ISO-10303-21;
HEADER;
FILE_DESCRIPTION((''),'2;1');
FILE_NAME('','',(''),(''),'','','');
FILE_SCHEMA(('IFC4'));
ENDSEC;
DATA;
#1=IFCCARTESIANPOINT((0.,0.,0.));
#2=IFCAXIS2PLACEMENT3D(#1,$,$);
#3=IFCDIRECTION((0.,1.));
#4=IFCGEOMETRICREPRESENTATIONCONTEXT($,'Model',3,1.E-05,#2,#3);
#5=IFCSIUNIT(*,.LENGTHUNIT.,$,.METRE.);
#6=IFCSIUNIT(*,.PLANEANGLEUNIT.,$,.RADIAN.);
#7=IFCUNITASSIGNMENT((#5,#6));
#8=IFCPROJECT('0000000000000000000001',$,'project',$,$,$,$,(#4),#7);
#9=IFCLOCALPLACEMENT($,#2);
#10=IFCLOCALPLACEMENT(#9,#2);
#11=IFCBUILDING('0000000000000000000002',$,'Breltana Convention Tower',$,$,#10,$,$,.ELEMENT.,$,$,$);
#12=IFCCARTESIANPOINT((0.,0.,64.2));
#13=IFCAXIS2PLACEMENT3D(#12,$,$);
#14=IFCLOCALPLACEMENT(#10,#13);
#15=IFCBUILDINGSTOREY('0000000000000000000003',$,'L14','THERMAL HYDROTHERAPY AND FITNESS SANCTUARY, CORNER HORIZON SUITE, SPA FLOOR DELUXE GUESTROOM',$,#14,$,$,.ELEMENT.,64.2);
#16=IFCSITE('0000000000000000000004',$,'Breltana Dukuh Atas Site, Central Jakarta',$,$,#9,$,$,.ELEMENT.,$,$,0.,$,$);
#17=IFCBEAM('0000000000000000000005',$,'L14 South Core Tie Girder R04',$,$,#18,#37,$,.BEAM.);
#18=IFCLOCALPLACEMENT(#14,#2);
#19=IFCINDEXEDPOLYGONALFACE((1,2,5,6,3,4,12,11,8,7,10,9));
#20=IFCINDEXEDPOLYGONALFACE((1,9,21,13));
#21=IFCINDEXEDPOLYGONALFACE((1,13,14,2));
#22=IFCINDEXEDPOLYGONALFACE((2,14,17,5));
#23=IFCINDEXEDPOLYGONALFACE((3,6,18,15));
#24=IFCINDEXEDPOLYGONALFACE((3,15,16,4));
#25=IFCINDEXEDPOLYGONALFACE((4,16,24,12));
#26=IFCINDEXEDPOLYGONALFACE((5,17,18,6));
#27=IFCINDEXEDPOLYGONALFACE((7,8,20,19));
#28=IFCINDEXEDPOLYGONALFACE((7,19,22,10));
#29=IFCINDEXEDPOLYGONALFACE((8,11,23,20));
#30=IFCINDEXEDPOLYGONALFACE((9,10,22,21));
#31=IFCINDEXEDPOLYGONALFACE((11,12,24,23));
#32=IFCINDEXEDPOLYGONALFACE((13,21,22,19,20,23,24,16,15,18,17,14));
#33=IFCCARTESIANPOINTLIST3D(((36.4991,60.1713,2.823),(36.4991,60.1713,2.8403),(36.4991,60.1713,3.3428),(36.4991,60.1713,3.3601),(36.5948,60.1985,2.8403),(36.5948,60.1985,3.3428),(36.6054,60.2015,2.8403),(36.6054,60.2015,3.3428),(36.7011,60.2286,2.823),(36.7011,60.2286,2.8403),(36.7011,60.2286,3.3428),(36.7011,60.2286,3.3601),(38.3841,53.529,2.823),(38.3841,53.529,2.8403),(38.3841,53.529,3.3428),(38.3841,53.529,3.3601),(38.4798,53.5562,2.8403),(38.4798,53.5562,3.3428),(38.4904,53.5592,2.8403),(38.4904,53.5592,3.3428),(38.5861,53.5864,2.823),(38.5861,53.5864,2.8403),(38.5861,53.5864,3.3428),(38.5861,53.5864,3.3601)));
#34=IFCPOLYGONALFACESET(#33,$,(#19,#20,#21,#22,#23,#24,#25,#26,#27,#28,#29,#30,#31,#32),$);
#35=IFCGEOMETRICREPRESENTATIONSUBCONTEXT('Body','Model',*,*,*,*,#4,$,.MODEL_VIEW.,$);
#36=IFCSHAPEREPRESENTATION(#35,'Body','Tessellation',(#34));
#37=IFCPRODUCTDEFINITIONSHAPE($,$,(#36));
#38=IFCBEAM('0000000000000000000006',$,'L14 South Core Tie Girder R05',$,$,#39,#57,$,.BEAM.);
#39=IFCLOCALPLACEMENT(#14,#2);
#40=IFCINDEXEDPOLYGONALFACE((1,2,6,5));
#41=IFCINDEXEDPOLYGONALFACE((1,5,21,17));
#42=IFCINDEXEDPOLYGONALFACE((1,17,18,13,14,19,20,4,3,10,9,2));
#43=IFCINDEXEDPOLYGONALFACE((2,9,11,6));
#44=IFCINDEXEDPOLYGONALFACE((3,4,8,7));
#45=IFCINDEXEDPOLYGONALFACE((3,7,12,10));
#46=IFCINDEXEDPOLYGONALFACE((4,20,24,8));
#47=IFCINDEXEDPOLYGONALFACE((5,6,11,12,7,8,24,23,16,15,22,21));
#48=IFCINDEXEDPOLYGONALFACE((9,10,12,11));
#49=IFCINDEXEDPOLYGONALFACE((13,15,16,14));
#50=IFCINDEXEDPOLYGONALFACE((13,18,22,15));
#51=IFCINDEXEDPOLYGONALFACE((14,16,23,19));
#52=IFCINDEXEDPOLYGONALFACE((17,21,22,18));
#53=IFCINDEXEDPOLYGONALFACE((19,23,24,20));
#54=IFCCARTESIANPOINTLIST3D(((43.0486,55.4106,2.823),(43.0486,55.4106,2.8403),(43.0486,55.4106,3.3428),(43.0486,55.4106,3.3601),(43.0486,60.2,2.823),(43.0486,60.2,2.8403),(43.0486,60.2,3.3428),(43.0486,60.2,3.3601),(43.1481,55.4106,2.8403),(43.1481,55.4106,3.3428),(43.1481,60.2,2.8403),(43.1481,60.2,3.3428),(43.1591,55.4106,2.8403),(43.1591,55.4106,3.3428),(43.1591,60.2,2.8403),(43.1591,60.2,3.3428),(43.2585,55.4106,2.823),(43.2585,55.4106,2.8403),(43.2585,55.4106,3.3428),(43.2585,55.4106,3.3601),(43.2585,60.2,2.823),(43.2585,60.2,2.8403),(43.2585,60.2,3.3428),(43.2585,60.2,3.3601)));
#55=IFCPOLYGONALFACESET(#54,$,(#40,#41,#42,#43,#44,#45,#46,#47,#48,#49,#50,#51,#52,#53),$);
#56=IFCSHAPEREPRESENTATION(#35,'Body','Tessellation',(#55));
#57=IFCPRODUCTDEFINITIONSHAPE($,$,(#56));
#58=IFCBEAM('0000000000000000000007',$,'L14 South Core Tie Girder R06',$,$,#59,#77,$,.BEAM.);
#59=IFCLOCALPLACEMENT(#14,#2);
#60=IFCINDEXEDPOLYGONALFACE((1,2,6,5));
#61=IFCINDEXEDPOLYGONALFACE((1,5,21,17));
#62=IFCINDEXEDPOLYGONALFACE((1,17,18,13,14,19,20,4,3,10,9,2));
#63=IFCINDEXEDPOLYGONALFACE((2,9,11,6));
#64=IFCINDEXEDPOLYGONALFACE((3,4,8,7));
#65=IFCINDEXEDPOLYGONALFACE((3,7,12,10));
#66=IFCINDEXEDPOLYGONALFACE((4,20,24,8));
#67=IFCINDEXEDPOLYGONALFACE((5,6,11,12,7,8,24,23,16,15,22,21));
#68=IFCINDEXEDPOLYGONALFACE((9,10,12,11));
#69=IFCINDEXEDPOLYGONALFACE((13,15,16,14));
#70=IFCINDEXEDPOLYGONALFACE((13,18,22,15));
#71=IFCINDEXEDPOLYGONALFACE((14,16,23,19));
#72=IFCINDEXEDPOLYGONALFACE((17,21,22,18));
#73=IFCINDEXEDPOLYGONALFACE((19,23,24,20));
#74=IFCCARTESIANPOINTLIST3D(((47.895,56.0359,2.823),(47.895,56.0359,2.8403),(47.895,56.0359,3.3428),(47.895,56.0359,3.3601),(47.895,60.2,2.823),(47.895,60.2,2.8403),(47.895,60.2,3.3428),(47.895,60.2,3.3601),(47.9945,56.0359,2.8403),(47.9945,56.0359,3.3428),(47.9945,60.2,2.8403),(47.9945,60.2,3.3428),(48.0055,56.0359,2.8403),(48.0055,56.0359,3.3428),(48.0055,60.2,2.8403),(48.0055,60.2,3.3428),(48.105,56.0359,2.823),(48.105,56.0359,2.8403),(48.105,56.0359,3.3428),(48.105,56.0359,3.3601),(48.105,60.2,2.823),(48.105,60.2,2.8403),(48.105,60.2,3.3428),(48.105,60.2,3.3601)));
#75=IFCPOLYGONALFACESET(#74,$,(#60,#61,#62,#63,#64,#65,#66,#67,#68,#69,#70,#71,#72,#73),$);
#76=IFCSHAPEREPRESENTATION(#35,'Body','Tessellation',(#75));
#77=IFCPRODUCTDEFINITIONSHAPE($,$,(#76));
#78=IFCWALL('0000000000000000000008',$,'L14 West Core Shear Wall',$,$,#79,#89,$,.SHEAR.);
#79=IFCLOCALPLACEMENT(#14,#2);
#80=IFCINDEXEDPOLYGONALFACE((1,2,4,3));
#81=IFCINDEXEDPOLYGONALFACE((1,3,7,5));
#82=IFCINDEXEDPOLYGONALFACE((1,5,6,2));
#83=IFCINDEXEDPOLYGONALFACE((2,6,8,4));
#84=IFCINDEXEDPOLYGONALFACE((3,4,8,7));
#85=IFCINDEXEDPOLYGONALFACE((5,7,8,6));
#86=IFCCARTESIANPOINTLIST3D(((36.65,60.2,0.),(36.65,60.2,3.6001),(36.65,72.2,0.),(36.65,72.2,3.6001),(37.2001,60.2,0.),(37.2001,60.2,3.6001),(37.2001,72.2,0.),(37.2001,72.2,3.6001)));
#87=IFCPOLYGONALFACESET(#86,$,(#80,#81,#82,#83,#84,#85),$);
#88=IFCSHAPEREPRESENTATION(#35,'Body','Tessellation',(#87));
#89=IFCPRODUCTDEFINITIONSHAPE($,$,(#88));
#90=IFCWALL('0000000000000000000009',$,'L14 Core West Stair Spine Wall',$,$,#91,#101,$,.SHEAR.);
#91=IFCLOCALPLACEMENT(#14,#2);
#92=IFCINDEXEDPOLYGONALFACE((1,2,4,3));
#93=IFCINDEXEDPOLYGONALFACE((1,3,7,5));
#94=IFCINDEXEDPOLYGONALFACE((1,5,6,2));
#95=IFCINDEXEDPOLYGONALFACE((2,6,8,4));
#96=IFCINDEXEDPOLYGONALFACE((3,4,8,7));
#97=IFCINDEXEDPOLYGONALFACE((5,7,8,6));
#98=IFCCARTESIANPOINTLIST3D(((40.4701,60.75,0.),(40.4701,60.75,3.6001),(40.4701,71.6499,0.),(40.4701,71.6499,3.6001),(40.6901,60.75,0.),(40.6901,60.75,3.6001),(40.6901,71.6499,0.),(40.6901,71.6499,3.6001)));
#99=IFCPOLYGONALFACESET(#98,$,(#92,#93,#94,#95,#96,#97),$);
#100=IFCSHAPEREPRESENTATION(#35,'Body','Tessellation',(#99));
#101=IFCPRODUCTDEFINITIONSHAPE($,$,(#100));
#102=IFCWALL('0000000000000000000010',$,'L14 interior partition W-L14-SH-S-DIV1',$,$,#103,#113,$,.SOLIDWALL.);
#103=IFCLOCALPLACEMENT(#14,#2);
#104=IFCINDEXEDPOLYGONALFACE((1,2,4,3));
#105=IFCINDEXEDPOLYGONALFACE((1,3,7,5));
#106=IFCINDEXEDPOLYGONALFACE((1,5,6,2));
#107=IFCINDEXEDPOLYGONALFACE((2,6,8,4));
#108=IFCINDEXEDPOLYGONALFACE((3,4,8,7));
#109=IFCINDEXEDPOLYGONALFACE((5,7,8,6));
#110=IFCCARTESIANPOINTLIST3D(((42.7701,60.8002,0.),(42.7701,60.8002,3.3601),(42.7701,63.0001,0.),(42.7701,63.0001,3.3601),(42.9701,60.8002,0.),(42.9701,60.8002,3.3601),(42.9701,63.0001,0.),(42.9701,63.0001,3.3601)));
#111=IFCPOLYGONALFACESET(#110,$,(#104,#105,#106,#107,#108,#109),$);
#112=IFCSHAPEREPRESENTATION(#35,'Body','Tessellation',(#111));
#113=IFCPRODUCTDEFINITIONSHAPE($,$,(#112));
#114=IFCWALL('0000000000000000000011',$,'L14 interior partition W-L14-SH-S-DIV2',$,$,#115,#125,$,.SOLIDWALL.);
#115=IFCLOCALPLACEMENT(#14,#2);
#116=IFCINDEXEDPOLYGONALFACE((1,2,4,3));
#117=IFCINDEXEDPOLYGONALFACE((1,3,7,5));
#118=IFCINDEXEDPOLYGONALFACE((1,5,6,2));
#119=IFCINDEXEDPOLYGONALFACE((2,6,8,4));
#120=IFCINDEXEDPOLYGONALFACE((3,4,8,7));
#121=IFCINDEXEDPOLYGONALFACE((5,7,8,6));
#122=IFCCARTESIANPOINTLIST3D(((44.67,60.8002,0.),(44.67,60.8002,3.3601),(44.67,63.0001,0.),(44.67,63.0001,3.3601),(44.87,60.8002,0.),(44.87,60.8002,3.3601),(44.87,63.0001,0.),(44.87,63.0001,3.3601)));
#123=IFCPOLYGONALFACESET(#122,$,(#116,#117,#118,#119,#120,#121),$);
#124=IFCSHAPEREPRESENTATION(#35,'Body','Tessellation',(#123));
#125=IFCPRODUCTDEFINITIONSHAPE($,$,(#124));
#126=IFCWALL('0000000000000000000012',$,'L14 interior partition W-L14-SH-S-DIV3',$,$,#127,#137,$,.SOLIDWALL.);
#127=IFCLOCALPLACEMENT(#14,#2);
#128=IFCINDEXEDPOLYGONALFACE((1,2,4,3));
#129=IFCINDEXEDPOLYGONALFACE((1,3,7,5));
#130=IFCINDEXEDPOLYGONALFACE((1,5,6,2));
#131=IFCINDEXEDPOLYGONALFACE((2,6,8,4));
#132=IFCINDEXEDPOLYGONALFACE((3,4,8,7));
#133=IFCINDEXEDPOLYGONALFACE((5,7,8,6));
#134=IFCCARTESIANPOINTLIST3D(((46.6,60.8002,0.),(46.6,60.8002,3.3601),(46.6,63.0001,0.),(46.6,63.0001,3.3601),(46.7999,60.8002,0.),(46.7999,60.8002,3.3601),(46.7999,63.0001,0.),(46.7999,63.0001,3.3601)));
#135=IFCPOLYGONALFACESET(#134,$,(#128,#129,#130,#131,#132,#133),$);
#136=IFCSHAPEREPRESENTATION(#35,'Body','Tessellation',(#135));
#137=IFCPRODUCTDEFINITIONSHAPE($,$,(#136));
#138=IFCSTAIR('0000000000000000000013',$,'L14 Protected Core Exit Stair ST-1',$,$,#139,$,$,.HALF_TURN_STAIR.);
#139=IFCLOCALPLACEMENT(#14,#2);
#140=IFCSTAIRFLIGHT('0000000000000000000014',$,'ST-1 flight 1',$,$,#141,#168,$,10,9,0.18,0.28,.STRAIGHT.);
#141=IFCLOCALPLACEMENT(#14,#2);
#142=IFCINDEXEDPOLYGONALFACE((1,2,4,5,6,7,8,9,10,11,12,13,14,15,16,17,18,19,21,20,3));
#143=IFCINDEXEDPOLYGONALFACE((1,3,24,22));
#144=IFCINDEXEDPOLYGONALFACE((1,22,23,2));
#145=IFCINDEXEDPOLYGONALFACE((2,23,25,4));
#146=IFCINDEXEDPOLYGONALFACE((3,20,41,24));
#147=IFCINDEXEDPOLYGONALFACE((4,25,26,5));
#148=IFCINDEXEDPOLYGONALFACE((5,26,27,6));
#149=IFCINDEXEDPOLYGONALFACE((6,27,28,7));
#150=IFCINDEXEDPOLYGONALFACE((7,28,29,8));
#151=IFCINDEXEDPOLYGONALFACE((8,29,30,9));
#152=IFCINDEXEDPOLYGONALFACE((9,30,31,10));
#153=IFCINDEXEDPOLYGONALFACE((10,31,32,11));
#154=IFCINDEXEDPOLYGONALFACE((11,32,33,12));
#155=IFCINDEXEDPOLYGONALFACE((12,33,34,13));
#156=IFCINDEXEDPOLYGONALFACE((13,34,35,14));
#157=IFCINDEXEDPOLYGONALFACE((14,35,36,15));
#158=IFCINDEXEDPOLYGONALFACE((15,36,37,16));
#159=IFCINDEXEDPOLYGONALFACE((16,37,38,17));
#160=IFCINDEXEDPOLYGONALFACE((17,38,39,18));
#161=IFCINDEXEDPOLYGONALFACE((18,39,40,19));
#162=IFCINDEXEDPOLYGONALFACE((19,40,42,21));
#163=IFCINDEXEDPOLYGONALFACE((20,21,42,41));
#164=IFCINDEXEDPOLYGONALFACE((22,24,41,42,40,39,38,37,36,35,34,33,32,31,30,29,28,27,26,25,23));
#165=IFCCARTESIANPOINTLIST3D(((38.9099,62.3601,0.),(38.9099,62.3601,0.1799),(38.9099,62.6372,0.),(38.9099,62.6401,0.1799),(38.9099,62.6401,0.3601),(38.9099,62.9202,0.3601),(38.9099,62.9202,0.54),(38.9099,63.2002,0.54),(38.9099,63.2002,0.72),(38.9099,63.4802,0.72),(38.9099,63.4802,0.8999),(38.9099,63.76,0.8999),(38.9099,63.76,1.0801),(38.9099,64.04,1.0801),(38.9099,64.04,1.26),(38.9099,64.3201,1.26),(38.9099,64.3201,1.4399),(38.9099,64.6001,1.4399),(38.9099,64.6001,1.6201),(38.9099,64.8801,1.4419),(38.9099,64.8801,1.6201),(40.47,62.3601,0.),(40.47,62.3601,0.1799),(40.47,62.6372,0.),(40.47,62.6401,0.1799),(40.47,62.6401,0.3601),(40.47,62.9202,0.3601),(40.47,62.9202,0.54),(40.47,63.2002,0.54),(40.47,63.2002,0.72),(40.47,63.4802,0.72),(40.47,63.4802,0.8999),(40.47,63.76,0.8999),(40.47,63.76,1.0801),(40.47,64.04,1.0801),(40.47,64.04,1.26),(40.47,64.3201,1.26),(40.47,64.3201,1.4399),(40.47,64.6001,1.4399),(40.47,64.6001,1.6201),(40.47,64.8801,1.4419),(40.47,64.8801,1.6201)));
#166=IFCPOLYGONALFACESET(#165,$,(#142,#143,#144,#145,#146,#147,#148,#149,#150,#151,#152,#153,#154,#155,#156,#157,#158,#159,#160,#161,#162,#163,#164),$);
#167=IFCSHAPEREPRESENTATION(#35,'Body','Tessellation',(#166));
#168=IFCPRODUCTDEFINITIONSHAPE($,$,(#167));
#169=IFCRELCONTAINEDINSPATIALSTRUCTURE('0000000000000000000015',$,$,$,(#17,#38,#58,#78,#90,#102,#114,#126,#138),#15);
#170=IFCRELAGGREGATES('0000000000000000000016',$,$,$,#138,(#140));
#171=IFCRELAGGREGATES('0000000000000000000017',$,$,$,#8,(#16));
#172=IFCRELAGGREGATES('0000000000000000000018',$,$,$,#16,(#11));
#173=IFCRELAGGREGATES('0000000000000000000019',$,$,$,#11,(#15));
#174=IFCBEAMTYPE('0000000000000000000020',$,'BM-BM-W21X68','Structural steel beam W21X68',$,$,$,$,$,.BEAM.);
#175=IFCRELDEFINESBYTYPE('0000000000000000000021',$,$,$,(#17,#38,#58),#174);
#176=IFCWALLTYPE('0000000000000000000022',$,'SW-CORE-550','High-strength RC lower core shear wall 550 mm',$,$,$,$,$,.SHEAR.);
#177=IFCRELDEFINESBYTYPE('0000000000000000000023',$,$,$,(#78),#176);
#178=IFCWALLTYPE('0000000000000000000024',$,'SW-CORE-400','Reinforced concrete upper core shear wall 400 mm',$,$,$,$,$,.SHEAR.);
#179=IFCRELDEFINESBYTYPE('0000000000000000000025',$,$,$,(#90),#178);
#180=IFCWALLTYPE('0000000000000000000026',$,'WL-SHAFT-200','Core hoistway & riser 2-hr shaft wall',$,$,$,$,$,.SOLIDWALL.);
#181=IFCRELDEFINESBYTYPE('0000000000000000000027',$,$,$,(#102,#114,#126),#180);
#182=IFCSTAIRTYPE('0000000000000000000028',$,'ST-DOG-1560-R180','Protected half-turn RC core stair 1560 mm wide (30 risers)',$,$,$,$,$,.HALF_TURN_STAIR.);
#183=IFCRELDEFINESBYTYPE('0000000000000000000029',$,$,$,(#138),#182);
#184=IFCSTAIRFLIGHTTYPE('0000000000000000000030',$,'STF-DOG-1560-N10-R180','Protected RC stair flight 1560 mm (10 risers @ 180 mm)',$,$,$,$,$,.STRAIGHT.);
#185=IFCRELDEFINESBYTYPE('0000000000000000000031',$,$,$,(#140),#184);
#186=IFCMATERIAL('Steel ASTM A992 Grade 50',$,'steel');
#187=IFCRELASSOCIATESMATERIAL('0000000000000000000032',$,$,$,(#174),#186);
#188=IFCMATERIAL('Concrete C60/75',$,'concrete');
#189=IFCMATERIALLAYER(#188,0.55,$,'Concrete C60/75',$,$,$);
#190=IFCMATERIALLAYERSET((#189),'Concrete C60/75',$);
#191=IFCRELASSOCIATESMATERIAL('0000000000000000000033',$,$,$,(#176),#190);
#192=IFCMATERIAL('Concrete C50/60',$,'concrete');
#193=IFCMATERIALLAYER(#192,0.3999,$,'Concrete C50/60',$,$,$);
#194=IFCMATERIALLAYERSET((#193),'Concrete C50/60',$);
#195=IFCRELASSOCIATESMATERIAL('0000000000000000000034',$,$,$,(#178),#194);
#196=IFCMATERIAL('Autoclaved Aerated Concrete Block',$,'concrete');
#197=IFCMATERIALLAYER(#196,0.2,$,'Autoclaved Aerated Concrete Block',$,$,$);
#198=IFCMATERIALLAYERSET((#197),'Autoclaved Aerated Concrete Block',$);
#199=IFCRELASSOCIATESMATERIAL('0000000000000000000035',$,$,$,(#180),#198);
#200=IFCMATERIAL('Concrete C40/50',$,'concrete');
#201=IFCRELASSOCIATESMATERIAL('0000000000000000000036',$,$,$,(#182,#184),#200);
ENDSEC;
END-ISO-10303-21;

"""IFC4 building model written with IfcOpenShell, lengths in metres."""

from ifc_helpers import new_model, si_unit, direction, frame, frame_2d, origin, origin_2d, place, context, subcontext, project, spatial, polyline, rectangle, i_section, outline, extrude, source, transform, mapped, material, layer, layer_set, material_profile, profile_set, type_object, type_shapes, element, aggregate, save


model = new_model("IFC4")

# Units and contexts
model_context = context("Model", 3, precision=1e-05, world=origin(), true_north=direction((0.0, 1.0)))
body_context = subcontext(model_context, "Body", "Model", "MODEL_VIEW")
ifc_project = project(units=[si_unit("LENGTHUNIT", "METRE"), si_unit("PLANEANGLEUNIT", "RADIAN")], contexts=[model_context])

# Site, building, storey
site_placement = place(None, origin())
site = spatial("IfcSite", under=ifc_project, at=site_placement, Name="Breltana Dukuh Atas Site, Central Jakarta", CompositionType="ELEMENT", RefElevation=0.0)
building_placement = place(site_placement, origin())
building = spatial("IfcBuilding", under=site, at=building_placement, Name="Breltana Convention Tower", CompositionType="ELEMENT")
storey_placement = place(building_placement, frame((0.0, 0.0, 64.2)))
storey = spatial("IfcBuildingStorey", under=building, at=storey_placement, Name="L14", Description="THERMAL HYDROTHERAPY AND FITNESS SANCTUARY, CORNER HORIZON SUITE, SPA FLOOR DELUXE GUESTROOM", CompositionType="ELEMENT", Elevation=64.2)

# Beams
ifc_material_1 = material(Name="Steel ASTM A992 Grade 50", Category="steel")
ifc_material_profile = material_profile(ifc_material_1, i_section(OverallWidth=0.21, OverallDepth=0.5371, WebThickness=0.011, FlangeThickness=0.0173, at=origin_2d()), Name="W21X68")
ifc_profile_set = profile_set([ifc_material_profile], Name="Steel ASTM A992 Grade 50")
beam_type = type_object("IfcBeamType", Name="BM-BM-W21X68", Description="Structural steel beam W21X68", PredefinedType="BEAM", material=ifc_profile_set)
shared_shape_1 = source(origin(), body_context, "Body", "SweptSolid", [
    extrude(i_section(OverallWidth=0.21, OverallDepth=0.5371, WebThickness=0.011, FlangeThickness=0.0173, at=origin_2d()), origin(), (0.0, 0.0, 1.0), 6.9045),
])
type_shapes(beam_type, [shared_shape_1])
beam_1_placement = place(storey_placement, frame((36.6001, 60.2, 3.0916), z_axis=(0.273007, -0.962012, 0.0), x_axis=(0.962012, 0.273007, 0.0)))
element("IfcBeam", 1, at=beam_1_placement, inside=storey, type_object=beam_type, Name="L14 South Core Tie Girder R04", PredefinedType="BEAM", context=body_context, shape_type="MappedRepresentation", body=[
    mapped(shared_shape_1, transform((0.0, 0.0, 0.0), scale=1.0)),
])
shared_shape_2 = source(origin(), body_context, "Body", "SweptSolid", [
    extrude(i_section(OverallWidth=0.21, OverallDepth=0.5371, WebThickness=0.011, FlangeThickness=0.0173, at=origin_2d()), origin(), (0.0, 0.0, 1.0), 4.7893),
])
beam_2_placement = place(storey_placement, frame((43.1536, 60.2, 3.0916), z_axis=(0.0, -1.0, 0.0), x_axis=(1.0, 0.0, 0.0)))
element("IfcBeam", 2, at=beam_2_placement, inside=storey, type_object=beam_type, Name="L14 South Core Tie Girder R05", PredefinedType="BEAM", context=body_context, shape_type="MappedRepresentation", body=[
    mapped(shared_shape_2, transform((0.0, 0.0, 0.0), scale=1.0)),
])
shared_shape_3 = source(origin(), body_context, "Body", "SweptSolid", [
    extrude(i_section(OverallWidth=0.21, OverallDepth=0.5371, WebThickness=0.011, FlangeThickness=0.0173, at=origin_2d()), origin(), (0.0, 0.0, 1.0), 4.1641),
])
beam_3_placement = place(storey_placement, frame((48.0, 60.2, 3.0916), z_axis=(0.0, -1.0, 0.0), x_axis=(1.0, 0.0, 0.0)))
element("IfcBeam", 3, at=beam_3_placement, inside=storey, type_object=beam_type, Name="L14 South Core Tie Girder R06", PredefinedType="BEAM", context=body_context, shape_type="MappedRepresentation", body=[
    mapped(shared_shape_3, transform((0.0, 0.0, 0.0), scale=1.0)),
])

# Wall
ifc_material_2 = material(Name="Concrete C60/75", Category="concrete")
ifc_layer_1 = layer(ifc_material_2, 0.55, Name="Concrete C60/75")
ifc_layer_set_1 = layer_set([ifc_layer_1], Name="Concrete C60/75")
wall_type_1 = type_object("IfcWallType", Name="SW-CORE-550", Description="High-strength RC lower core shear wall 550 mm", PredefinedType="SHEAR", material=ifc_layer_set_1)
shared_shape_4 = source(origin(), body_context, "Body", "SweptSolid", [
    extrude(rectangle(XDim=12.0, YDim=0.55, at=frame_2d((6.0, 0.0))), origin(), (0.0, 0.0, 1.0), 3.6001),
])
wall_1_placement = place(storey_placement, frame((36.925, 60.2, 0.0), z_axis=(0.0, 0.0, 1.0), x_axis=(0.0, 1.0, 0.0)))
element("IfcWall", 4, at=wall_1_placement, inside=storey, type_object=wall_type_1, Name="L14 West Core Shear Wall", PredefinedType="SHEAR", context=body_context, shape_type="MappedRepresentation", body=[
    mapped(shared_shape_4, transform((0.0, 0.0, 0.0), scale=1.0)),
])

# Walls
ifc_material_3 = material(Name="Concrete C50/60", Category="concrete")
ifc_layer_2 = layer(ifc_material_3, 0.3999, Name="Concrete C50/60")
ifc_layer_set_2 = layer_set([ifc_layer_2], Name="Concrete C50/60")
wall_type_2 = type_object("IfcWallType", Name="SW-CORE-400", Description="Reinforced concrete upper core shear wall 400 mm", PredefinedType="SHEAR", material=ifc_layer_set_2)
shared_shape_5 = source(origin(), body_context, "Body", "SweptSolid", [
    extrude(rectangle(XDim=10.8999, YDim=0.22, at=frame_2d((5.45, 0.0))), origin(), (0.0, 0.0, 1.0), 3.6001),
])
wall_2_placement = place(storey_placement, frame((40.5801, 60.75, 0.0), z_axis=(0.0, 0.0, 1.0), x_axis=(0.0, 1.0, 0.0)))
element("IfcWall", 5, at=wall_2_placement, inside=storey, type_object=wall_type_2, Name="L14 Core West Stair Spine Wall", PredefinedType="SHEAR", context=body_context, shape_type="MappedRepresentation", body=[
    mapped(shared_shape_5, transform((0.0, 0.0, 0.0), scale=1.0)),
])
ifc_material_4 = material(Name="Autoclaved Aerated Concrete Block", Category="concrete")
ifc_layer_3 = layer(ifc_material_4, 0.2, Name="Autoclaved Aerated Concrete Block")
ifc_layer_set_3 = layer_set([ifc_layer_3], Name="Autoclaved Aerated Concrete Block")
wall_type_3 = type_object("IfcWallType", Name="WL-SHAFT-200", Description="Core hoistway & riser 2-hr shaft wall", PredefinedType="SOLIDWALL", material=ifc_layer_set_3)
shared_shape_6 = source(origin(), body_context, "Body", "SweptSolid", [
    extrude(rectangle(XDim=2.2, YDim=0.2, at=frame_2d((1.1001, 0.0))), origin(), (0.0, 0.0, 1.0), 3.3601),
])
for number, where, z_axis, x_axis, name in (
    (6, (42.8701, 60.8, 0.0), (0.0, 0.0, 1.0), (0.0, 1.0, 0.0), "L14 interior partition W-L14-SH-S-DIV1"),
    (7, (44.77, 60.8, 0.0), (0.0, 0.0, 1.0), (0.0, 1.0, 0.0), "L14 interior partition W-L14-SH-S-DIV2"),
    (8, (46.7, 60.8, 0.0), (0.0, 0.0, 1.0), (0.0, 1.0, 0.0), "L14 interior partition W-L14-SH-S-DIV3"),
):
    element("IfcWall", number, at=place(storey_placement, frame(where, z_axis=z_axis, x_axis=x_axis)), inside=storey, type_object=wall_type_3, Name=name, PredefinedType="SOLIDWALL", context=body_context, shape_type="MappedRepresentation", body=[
        mapped(shared_shape_6, transform((0.0, 0.0, 0.0), scale=1.0)),
    ])

# Stair, stair flight
ifc_material_5 = material(Name="Concrete C40/50", Category="concrete")
stair_type = type_object("IfcStairType", Name="ST-DOG-1560-R180", Description="Protected half-turn RC core stair 1560 mm wide (30 risers)", PredefinedType="HALF_TURN_STAIR", material=ifc_material_5)
stair_placement = place(storey_placement, origin())
stair = element("IfcStair", 9, at=stair_placement, inside=storey, type_object=stair_type, Name="L14 Protected Core Exit Stair ST-1", PredefinedType="HALF_TURN_STAIR")
stair_flight_type = type_object("IfcStairFlightType", Name="STF-DOG-1560-N10-R180", Description="Protected RC stair flight 1560 mm (10 risers @ 180 mm)", PredefinedType="STRAIGHT", material=ifc_material_5)
stair_flight_placement = place(storey_placement, frame((39.6899, 62.3601, 0.0), z_axis=(0.0, 0.0, 1.0), x_axis=(0.0, 1.0, 0.0)))
stair_flight = element("IfcStairFlight", 10, at=stair_flight_placement, type_object=stair_flight_type, Name="ST-1 flight 1", NumberOfRisers=10, NumberOfTreads=9, PredefinedType="STRAIGHT", RiserHeight=0.18, TreadLength=0.28, context=body_context, shape_type="SweptSolid", body=[
    extrude(outline(polyline([(0.0, 0.0), (0.0, 0.1799), (0.28, 0.1799), (0.28, 0.3601), (0.5601, 0.3601), (0.5601, 0.54), (0.8401, 0.54), (0.8401, 0.72), (1.1201, 0.72), (1.1201, 0.8999), (1.3999, 0.8999), (1.3999, 1.0801), (1.6799, 1.0801), (1.6799, 1.26), (1.96, 1.26), (1.96, 1.4399), (2.24, 1.4399), (2.24, 1.6201), (2.52, 1.6201), (2.52, 1.8), (2.52, 1.4419), (0.2771, 0.0), (0.0, 0.0)])), frame((0.0, 0.78, 0.0), z_axis=(0.0, -1.0, 0.0), x_axis=(1.0, 0.0, 0.0)), (0.0, 0.0, 1.0), 1.5601),
])
aggregate(stair, [stair_flight])

save(model, "model.ifc")
